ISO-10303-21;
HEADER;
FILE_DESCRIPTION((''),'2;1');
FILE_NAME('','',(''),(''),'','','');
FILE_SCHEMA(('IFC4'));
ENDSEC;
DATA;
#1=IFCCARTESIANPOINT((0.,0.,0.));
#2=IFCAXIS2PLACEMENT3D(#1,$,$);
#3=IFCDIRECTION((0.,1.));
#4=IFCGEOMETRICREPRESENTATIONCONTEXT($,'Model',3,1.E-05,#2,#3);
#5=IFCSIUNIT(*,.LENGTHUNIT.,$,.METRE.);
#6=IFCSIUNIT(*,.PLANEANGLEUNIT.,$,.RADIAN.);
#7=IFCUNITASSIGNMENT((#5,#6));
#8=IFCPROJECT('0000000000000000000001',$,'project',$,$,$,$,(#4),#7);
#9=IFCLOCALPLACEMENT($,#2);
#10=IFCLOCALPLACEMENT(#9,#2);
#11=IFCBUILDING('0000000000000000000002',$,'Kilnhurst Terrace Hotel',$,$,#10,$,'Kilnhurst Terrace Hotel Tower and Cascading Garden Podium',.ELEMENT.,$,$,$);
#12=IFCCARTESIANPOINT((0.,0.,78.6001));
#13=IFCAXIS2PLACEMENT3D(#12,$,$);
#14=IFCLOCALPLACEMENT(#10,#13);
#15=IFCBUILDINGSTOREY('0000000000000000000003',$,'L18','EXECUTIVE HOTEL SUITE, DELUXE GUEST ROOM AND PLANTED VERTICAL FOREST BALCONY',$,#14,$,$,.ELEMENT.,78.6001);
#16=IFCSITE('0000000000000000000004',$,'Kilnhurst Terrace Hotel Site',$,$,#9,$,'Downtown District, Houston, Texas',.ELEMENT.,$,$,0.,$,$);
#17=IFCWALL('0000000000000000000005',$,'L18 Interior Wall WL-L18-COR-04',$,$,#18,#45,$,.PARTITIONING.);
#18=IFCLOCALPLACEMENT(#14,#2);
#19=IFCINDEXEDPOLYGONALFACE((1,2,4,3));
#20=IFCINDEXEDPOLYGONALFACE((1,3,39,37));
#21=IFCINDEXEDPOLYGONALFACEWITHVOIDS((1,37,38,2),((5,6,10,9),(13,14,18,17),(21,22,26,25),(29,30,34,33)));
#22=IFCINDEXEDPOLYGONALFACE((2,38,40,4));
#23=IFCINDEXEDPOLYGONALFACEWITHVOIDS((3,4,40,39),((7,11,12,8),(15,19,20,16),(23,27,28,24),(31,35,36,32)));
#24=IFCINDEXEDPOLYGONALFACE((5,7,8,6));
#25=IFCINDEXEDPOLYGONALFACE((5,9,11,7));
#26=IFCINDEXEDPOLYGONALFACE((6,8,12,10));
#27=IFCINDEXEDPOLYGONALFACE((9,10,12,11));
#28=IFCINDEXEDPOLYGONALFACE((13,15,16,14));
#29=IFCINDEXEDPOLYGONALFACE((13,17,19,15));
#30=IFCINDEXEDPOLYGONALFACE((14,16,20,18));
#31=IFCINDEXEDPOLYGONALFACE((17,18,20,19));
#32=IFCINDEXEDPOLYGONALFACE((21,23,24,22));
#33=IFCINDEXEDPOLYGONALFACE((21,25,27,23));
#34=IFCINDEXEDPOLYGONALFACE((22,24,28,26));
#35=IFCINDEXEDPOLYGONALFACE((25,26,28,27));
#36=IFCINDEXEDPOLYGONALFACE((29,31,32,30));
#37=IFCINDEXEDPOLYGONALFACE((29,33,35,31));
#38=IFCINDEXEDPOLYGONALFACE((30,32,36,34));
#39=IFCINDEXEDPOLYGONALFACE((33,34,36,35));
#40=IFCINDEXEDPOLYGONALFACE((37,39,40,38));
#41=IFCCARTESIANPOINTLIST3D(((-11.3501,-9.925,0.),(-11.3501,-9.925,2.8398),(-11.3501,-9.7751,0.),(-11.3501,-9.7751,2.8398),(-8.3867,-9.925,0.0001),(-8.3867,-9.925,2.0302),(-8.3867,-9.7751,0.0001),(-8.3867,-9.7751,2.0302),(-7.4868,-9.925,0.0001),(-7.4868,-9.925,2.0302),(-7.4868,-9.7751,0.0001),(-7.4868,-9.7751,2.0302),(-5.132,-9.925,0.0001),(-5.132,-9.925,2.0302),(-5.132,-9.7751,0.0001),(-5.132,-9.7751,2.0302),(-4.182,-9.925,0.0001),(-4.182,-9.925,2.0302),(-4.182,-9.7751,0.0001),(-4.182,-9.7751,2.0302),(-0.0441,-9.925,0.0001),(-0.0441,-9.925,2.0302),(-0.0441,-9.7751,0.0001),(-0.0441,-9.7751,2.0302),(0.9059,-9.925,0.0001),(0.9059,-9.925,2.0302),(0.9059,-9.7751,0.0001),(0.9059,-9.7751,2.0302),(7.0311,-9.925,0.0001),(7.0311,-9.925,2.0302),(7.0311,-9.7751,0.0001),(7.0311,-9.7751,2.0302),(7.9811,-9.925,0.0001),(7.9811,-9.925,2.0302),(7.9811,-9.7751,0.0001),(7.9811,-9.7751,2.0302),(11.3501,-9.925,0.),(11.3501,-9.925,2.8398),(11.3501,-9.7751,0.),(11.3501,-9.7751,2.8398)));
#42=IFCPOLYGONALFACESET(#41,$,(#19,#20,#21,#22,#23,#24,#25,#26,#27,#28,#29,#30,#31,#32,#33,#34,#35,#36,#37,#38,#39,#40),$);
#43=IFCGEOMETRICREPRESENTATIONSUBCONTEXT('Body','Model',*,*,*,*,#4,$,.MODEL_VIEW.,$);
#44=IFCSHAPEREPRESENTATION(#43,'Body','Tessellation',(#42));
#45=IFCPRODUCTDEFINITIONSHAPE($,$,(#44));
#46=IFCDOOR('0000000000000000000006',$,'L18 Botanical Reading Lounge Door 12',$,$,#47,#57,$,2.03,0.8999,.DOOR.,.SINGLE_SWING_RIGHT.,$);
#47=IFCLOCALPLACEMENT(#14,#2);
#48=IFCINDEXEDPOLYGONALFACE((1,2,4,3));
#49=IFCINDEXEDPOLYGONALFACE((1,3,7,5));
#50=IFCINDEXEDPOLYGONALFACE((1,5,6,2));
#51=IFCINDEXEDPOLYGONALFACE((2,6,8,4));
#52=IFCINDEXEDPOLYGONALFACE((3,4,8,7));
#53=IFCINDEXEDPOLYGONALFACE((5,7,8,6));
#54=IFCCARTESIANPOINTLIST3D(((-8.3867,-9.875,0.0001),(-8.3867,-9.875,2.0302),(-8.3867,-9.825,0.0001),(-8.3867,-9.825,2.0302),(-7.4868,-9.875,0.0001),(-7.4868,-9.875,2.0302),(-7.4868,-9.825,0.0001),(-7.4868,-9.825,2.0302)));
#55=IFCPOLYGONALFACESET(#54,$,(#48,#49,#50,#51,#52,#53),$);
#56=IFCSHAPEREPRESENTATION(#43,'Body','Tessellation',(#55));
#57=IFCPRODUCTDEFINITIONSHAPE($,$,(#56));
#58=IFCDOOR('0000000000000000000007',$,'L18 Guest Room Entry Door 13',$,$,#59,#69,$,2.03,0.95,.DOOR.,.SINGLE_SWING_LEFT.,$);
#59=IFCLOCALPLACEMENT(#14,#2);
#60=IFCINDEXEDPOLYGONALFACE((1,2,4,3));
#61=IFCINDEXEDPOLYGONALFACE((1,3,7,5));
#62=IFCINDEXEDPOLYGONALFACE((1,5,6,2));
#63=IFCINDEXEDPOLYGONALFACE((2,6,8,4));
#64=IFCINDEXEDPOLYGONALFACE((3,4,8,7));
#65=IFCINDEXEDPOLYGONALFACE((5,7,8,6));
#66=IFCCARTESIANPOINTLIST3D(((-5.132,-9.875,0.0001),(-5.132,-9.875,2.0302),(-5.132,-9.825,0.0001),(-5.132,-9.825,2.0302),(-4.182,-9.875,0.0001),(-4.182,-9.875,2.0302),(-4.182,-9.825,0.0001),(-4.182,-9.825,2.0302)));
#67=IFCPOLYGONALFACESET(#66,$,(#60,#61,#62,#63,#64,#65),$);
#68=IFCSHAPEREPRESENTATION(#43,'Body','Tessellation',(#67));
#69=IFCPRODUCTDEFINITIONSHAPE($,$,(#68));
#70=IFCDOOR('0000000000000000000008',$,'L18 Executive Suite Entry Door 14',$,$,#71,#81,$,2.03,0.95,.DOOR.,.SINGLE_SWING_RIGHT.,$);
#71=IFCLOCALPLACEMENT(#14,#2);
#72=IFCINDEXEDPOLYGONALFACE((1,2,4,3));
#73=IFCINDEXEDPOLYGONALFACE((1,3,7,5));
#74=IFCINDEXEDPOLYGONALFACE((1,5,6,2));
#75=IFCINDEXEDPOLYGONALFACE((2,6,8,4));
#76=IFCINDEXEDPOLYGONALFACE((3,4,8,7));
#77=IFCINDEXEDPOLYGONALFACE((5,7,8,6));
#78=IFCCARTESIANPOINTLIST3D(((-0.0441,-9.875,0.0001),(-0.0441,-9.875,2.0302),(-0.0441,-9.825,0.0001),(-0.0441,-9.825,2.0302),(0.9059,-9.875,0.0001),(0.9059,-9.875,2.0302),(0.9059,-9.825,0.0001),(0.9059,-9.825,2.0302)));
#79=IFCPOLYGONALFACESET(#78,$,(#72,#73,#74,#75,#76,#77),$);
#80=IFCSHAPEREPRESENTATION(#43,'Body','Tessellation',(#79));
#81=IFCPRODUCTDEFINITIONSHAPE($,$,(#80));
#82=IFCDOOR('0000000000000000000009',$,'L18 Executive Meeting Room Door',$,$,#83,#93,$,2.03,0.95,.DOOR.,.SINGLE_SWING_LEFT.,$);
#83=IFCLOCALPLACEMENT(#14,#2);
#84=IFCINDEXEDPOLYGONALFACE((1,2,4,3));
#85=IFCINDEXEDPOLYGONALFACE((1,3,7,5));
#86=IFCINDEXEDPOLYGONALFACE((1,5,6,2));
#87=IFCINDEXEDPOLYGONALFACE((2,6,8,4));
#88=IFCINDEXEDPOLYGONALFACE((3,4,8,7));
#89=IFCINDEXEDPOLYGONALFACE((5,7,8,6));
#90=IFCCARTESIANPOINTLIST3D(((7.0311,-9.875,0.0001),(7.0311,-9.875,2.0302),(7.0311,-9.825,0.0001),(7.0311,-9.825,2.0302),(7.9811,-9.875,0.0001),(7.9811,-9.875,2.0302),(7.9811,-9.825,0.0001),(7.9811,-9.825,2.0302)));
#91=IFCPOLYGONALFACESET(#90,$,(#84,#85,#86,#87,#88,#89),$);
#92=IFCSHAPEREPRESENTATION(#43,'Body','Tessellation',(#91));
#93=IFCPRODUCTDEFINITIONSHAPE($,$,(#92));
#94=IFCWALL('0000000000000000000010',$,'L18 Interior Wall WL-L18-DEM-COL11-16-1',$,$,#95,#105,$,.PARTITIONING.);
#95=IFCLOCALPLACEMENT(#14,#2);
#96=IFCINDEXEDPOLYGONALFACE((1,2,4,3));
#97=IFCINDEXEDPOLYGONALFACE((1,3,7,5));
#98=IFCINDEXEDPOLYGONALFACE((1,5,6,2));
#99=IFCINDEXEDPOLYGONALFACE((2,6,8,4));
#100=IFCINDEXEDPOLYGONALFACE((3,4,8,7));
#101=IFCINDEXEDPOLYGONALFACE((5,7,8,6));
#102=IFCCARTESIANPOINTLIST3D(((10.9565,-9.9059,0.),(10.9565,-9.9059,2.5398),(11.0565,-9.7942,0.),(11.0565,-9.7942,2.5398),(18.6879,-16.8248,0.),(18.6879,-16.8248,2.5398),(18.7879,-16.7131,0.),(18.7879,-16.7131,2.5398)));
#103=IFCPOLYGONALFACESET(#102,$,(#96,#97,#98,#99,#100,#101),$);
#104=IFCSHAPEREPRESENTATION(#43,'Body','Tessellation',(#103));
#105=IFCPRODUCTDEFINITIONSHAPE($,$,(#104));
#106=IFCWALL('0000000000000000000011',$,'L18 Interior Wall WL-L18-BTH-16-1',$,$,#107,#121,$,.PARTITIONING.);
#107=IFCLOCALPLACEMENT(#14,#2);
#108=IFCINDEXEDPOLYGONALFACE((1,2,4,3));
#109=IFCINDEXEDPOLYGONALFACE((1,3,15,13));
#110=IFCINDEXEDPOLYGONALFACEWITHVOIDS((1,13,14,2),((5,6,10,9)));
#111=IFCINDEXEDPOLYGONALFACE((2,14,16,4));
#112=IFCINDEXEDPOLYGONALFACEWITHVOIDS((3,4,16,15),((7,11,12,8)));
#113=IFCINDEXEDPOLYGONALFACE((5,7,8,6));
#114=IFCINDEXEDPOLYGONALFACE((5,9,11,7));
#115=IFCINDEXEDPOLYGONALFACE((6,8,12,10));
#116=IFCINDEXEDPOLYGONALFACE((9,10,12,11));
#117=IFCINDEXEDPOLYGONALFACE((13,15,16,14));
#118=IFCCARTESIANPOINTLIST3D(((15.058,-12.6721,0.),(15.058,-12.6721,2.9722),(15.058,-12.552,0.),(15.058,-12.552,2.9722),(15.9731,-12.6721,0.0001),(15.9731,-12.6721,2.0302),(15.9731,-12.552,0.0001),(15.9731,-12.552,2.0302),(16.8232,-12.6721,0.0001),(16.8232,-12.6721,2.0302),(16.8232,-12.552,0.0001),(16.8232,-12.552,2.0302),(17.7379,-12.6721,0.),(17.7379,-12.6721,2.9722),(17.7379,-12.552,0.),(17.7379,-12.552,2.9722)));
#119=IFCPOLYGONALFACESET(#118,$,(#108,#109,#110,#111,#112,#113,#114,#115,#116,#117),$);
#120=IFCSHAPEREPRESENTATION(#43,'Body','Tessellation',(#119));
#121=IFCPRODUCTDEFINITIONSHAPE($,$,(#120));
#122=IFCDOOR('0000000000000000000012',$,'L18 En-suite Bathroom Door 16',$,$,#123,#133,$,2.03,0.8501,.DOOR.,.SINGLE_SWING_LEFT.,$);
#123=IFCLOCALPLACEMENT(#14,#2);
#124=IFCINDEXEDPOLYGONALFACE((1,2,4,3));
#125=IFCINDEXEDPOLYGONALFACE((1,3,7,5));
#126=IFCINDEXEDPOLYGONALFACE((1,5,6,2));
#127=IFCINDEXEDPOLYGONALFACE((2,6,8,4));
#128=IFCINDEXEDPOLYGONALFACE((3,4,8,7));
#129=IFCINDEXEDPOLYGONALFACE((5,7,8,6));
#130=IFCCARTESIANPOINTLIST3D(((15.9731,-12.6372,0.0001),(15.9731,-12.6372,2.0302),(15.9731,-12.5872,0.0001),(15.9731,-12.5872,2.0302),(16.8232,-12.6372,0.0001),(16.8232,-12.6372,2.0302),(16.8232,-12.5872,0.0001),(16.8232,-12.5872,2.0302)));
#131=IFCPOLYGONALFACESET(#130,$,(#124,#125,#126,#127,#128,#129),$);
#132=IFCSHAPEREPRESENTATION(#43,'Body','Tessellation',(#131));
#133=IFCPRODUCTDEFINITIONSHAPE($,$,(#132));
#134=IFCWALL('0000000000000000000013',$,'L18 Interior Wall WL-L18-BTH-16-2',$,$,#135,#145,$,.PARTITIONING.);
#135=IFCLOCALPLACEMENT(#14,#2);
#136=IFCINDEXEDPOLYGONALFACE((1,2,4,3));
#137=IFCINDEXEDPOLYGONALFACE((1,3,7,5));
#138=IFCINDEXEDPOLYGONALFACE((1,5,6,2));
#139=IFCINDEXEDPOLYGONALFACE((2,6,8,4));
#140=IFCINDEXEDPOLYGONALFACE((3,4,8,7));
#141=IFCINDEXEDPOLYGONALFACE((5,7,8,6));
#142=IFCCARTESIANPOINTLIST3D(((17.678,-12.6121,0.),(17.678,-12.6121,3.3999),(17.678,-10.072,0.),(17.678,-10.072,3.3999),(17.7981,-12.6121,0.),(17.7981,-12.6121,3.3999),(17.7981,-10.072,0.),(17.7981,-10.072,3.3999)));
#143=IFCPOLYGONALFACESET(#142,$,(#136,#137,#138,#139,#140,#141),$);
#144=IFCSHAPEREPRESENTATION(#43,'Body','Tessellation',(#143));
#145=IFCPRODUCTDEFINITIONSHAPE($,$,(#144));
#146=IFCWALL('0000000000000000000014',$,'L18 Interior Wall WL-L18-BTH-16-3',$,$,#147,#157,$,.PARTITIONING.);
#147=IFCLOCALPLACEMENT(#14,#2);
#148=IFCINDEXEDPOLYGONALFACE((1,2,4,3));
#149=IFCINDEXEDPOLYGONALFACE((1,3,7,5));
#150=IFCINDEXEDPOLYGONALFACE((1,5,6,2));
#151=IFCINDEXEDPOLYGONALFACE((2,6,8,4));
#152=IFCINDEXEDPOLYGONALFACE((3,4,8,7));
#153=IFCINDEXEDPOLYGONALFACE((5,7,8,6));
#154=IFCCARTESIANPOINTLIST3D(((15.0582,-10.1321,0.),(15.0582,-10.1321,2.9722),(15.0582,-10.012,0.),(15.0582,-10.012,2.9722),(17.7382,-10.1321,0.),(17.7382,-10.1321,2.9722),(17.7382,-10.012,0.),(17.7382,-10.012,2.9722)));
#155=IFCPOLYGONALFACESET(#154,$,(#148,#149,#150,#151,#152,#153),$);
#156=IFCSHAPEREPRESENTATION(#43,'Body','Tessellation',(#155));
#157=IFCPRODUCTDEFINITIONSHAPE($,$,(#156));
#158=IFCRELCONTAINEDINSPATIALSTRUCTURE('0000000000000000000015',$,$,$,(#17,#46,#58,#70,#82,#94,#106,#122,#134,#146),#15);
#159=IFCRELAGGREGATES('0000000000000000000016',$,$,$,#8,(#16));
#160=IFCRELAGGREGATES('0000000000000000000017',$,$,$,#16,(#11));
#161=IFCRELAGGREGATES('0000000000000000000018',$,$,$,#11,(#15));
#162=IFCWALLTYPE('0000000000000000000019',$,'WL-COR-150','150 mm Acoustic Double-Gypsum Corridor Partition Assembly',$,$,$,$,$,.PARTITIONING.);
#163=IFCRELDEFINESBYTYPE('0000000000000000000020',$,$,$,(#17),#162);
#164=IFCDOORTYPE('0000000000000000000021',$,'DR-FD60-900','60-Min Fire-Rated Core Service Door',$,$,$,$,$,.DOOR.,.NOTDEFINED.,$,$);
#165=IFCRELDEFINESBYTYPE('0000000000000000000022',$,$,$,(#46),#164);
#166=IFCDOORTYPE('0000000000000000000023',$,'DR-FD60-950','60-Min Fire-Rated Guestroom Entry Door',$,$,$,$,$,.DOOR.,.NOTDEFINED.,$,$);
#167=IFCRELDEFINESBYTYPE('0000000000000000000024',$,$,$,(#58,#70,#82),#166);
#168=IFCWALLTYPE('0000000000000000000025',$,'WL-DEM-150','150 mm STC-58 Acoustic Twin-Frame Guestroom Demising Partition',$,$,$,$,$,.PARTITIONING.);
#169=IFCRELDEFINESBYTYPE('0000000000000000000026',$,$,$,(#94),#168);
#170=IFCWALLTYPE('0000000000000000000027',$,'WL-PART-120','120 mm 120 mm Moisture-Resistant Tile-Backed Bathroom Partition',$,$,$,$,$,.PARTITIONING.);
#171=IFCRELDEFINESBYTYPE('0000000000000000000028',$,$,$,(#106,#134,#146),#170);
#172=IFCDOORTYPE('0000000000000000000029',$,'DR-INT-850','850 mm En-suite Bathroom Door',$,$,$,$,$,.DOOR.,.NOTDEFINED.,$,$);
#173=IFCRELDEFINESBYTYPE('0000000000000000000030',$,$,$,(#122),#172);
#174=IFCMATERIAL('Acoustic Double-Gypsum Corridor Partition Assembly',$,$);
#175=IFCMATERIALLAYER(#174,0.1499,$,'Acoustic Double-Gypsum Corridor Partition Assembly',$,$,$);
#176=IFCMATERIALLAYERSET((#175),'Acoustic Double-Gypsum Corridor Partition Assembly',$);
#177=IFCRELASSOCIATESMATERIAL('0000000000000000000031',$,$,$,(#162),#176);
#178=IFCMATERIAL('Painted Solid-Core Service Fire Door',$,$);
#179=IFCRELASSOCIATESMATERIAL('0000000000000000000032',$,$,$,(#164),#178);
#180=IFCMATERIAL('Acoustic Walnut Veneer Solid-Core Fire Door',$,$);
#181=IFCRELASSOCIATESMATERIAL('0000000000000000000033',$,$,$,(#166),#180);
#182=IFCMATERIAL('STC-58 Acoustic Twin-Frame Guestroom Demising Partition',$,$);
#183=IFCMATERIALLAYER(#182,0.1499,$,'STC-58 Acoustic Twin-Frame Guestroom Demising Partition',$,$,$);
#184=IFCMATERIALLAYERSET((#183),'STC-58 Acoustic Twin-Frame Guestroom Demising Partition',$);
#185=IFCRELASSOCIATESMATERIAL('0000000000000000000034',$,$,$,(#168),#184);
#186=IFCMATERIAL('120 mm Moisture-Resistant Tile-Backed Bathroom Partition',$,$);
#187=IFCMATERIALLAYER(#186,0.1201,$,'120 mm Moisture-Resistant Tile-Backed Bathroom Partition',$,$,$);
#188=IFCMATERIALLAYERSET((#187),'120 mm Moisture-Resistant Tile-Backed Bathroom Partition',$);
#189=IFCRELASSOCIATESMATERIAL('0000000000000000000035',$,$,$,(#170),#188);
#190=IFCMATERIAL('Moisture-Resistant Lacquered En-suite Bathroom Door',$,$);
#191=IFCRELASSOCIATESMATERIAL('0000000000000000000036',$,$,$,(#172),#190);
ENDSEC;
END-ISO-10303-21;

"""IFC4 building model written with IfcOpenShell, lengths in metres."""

from ifc_helpers import new_model, si_unit, direction, frame, frame_2d, origin, place, context, subcontext, project, spatial, rectangle, extrude, material, layer, layer_set, type_object, element, fill, save


model = new_model("IFC4")

# Units and contexts
model_context = context("Model", 3, precision=1e-05, world=origin(), true_north=direction((0.0, 1.0)))
body_context = subcontext(model_context, "Body", "Model", "MODEL_VIEW")
ifc_project = project(units=[si_unit("LENGTHUNIT", "METRE"), si_unit("PLANEANGLEUNIT", "RADIAN")], contexts=[model_context])

# Site, building, storey
site_placement = place(None, origin())
site = spatial("IfcSite", under=ifc_project, at=site_placement, Name="Kilnhurst Terrace Hotel Site", LongName="Downtown District, Houston, Texas", CompositionType="ELEMENT", RefElevation=0.0)
building_placement = place(site_placement, origin())
building = spatial("IfcBuilding", under=site, at=building_placement, Name="Kilnhurst Terrace Hotel", LongName="Kilnhurst Terrace Hotel Tower and Cascading Garden Podium", CompositionType="ELEMENT")
storey_placement = place(building_placement, frame((0.0, 0.0, 78.6001)))
storey = spatial("IfcBuildingStorey", under=building, at=storey_placement, Name="L18", Description="EXECUTIVE HOTEL SUITE, DELUXE GUEST ROOM AND PLANTED VERTICAL FOREST BALCONY", CompositionType="ELEMENT", Elevation=78.6001)

# Wall, openings, doors
ifc_material_1 = material(Name="Acoustic Double-Gypsum Corridor Partition Assembly")
ifc_layer_1 = layer(ifc_material_1, 0.1499, Name="Acoustic Double-Gypsum Corridor Partition Assembly")
ifc_layer_set_1 = layer_set([ifc_layer_1], Name="Acoustic Double-Gypsum Corridor Partition Assembly")
wall_type_1 = type_object("IfcWallType", Name="WL-COR-150", Description="150 mm Acoustic Double-Gypsum Corridor Partition Assembly", PredefinedType="PARTITIONING", material=ifc_layer_set_1)
wall_1_placement = place(storey_placement, frame((11.3501, -9.8501, 0.0), z_axis=(0.0, 0.0, 1.0), x_axis=(-1.0, 0.0, 0.0)))
wall_1 = element("IfcWall", 1, at=wall_1_placement, inside=storey, type_object=wall_type_1, Name="L18 Interior Wall WL-L18-COR-04", PredefinedType="PARTITIONING", context=body_context, shape_type="SweptSolid", body=[
    extrude(rectangle(XDim=22.7002, YDim=0.1499, at=frame_2d((11.3501, 0.0))), origin(), (0.0, 0.0, 1.0), 2.8398),
])
opening_1_placement = place(wall_1_placement, frame((18.8369, 0.0, 0.0)))
opening_1 = element("IfcOpeningElement", 2, at=opening_1_placement, cuts=wall_1, PredefinedType="OPENING", context=body_context, shape_type="SweptSolid", body=[
    extrude(rectangle(XDim=0.8999, YDim=2.03, at=frame_2d((0.45, 1.0151))), frame((0.0, 0.085, 0.0), z_axis=(0.0, -1.0, 0.0), x_axis=(1.0, 0.0, 0.0)), (0.0, 0.0, 1.0), 0.1699),
])
opening_2_placement = place(wall_1_placement, frame((15.532, 0.0, 0.0)))
opening_2 = element("IfcOpeningElement", 3, at=opening_2_placement, cuts=wall_1, PredefinedType="OPENING", context=body_context, shape_type="SweptSolid", body=[
    extrude(rectangle(XDim=0.95, YDim=2.03, at=frame_2d((0.4751, 1.0151))), frame((0.0, 0.085, 0.0), z_axis=(0.0, -1.0, 0.0), x_axis=(1.0, 0.0, 0.0)), (0.0, 0.0, 1.0), 0.1699),
])
opening_3_placement = place(wall_1_placement, frame((10.4441, 0.0, 0.0)))
opening_3 = element("IfcOpeningElement", 4, at=opening_3_placement, cuts=wall_1, PredefinedType="OPENING", context=body_context, shape_type="SweptSolid", body=[
    extrude(rectangle(XDim=0.95, YDim=2.03, at=frame_2d((0.4751, 1.0151))), frame((0.0, 0.085, 0.0), z_axis=(0.0, -1.0, 0.0), x_axis=(1.0, 0.0, 0.0)), (0.0, 0.0, 1.0), 0.1699),
])
opening_4_placement = place(wall_1_placement, frame((3.3689, 0.0, 0.0)))
opening_4 = element("IfcOpeningElement", 5, at=opening_4_placement, cuts=wall_1, PredefinedType="OPENING", context=body_context, shape_type="SweptSolid", body=[
    extrude(rectangle(XDim=0.95, YDim=2.03, at=frame_2d((0.4751, 1.0151))), frame((0.0, 0.085, 0.0), z_axis=(0.0, -1.0, 0.0), x_axis=(1.0, 0.0, 0.0)), (0.0, 0.0, 1.0), 0.1699),
])
ifc_material_2 = material(Name="Painted Solid-Core Service Fire Door")
door_type_1 = type_object("IfcDoorType", Name="DR-FD60-900", Description="60-Min Fire-Rated Core Service Door", OperationType="NOTDEFINED", PredefinedType="DOOR", material=ifc_material_2)
door_1_placement = place(opening_1_placement, origin())
door_1 = element("IfcDoor", 6, at=door_1_placement, inside=storey, type_object=door_type_1, Name="L18 Botanical Reading Lounge Door 12", OperationType="SINGLE_SWING_RIGHT", OverallHeight=2.03, OverallWidth=0.8999, PredefinedType="DOOR", context=body_context, shape_type="SweptSolid", body=[
    extrude(rectangle(XDim=0.8999, YDim=2.03, at=frame_2d((0.45, 1.0151))), frame((0.0, 0.0249, 0.0), z_axis=(0.0, -1.0, 0.0), x_axis=(1.0, 0.0, 0.0)), (0.0, 0.0, 1.0), 0.05),
])
fill(opening_1, door_1)
ifc_material_3 = material(Name="Acoustic Walnut Veneer Solid-Core Fire Door")
door_type_2 = type_object("IfcDoorType", Name="DR-FD60-950", Description="60-Min Fire-Rated Guestroom Entry Door", OperationType="NOTDEFINED", PredefinedType="DOOR", material=ifc_material_3)
door_2_placement = place(opening_2_placement, origin())
door_2 = element("IfcDoor", 7, at=door_2_placement, inside=storey, type_object=door_type_2, Name="L18 Guest Room Entry Door 13", OperationType="SINGLE_SWING_LEFT", OverallHeight=2.03, OverallWidth=0.95, PredefinedType="DOOR", context=body_context, shape_type="SweptSolid", body=[
    extrude(rectangle(XDim=0.95, YDim=2.03, at=frame_2d((0.4751, 1.0151))), frame((0.0, 0.0249, 0.0), z_axis=(0.0, -1.0, 0.0), x_axis=(1.0, 0.0, 0.0)), (0.0, 0.0, 1.0), 0.05),
])
fill(opening_2, door_2)
door_3_placement = place(opening_3_placement, origin())
door_3 = element("IfcDoor", 8, at=door_3_placement, inside=storey, type_object=door_type_2, Name="L18 Executive Suite Entry Door 14", OperationType="SINGLE_SWING_RIGHT", OverallHeight=2.03, OverallWidth=0.95, PredefinedType="DOOR", context=body_context, shape_type="SweptSolid", body=[
    extrude(rectangle(XDim=0.95, YDim=2.03, at=frame_2d((0.4751, 1.0151))), frame((0.0, 0.0249, 0.0), z_axis=(0.0, -1.0, 0.0), x_axis=(1.0, 0.0, 0.0)), (0.0, 0.0, 1.0), 0.05),
])
fill(opening_3, door_3)
door_4_placement = place(opening_4_placement, origin())
door_4 = element("IfcDoor", 9, at=door_4_placement, inside=storey, type_object=door_type_2, Name="L18 Executive Meeting Room Door", OperationType="SINGLE_SWING_LEFT", OverallHeight=2.03, OverallWidth=0.95, PredefinedType="DOOR", context=body_context, shape_type="SweptSolid", body=[
    extrude(rectangle(XDim=0.95, YDim=2.03, at=frame_2d((0.4751, 1.0151))), frame((0.0, 0.0249, 0.0), z_axis=(0.0, -1.0, 0.0), x_axis=(1.0, 0.0, 0.0)), (0.0, 0.0, 1.0), 0.05),
])
fill(opening_4, door_4)

# Wall
ifc_material_4 = material(Name="STC-58 Acoustic Twin-Frame Guestroom Demising Partition")
ifc_layer_2 = layer(ifc_material_4, 0.1499, Name="STC-58 Acoustic Twin-Frame Guestroom Demising Partition")
ifc_layer_set_2 = layer_set([ifc_layer_2], Name="STC-58 Acoustic Twin-Frame Guestroom Demising Partition")
wall_type_2 = type_object("IfcWallType", Name="WL-DEM-150", Description="150 mm STC-58 Acoustic Twin-Frame Guestroom Demising Partition", PredefinedType="PARTITIONING", material=ifc_layer_set_2)
wall_2_placement = place(storey_placement, frame((11.0066, -9.8501, 0.0), z_axis=(0.0, 0.0, 1.0), x_axis=(0.745177, -0.666866, 0.0)))
element("IfcWall", 10, at=wall_2_placement, inside=storey, type_object=wall_type_2, Name="L18 Interior Wall WL-L18-DEM-COL11-16-1", PredefinedType="PARTITIONING", context=body_context, shape_type="SweptSolid", body=[
    extrude(rectangle(XDim=10.3752, YDim=0.1499, at=frame_2d((5.1875, 0.0))), origin(), (0.0, 0.0, 1.0), 2.5398),
])

# Wall, opening, door
ifc_material_5 = material(Name="120 mm Moisture-Resistant Tile-Backed Bathroom Partition")
ifc_layer_3 = layer(ifc_material_5, 0.1201, Name="120 mm Moisture-Resistant Tile-Backed Bathroom Partition")
ifc_layer_set_3 = layer_set([ifc_layer_3], Name="120 mm Moisture-Resistant Tile-Backed Bathroom Partition")
wall_type_3 = type_object("IfcWallType", Name="WL-PART-120", Description="120 mm 120 mm Moisture-Resistant Tile-Backed Bathroom Partition", PredefinedType="PARTITIONING", material=ifc_layer_set_3)
wall_3_placement = place(storey_placement, frame((15.0581, -12.6121, 0.0), z_axis=(0.0, 0.0, 1.0), x_axis=(1.0, 0.0, 0.0)))
wall_3 = element("IfcWall", 11, at=wall_3_placement, inside=storey, type_object=wall_type_3, Name="L18 Interior Wall WL-L18-BTH-16-1", PredefinedType="PARTITIONING", context=body_context, shape_type="SweptSolid", body=[
    extrude(rectangle(XDim=2.6799, YDim=0.1201, at=frame_2d((1.3398, 0.0))), origin(), (0.0, 0.0, 1.0), 2.9722),
])
opening_5_placement = place(wall_3_placement, frame((0.915, 0.0, 0.0)))
opening_5 = element("IfcOpeningElement", 12, at=opening_5_placement, cuts=wall_3, PredefinedType="OPENING", context=body_context, shape_type="SweptSolid", body=[
    extrude(rectangle(XDim=0.8501, YDim=2.03, at=frame_2d((0.425, 1.0151))), frame((0.0, 0.0701, 0.0), z_axis=(0.0, -1.0, 0.0), x_axis=(1.0, 0.0, 0.0)), (0.0, 0.0, 1.0), 0.1401),
])
ifc_material_6 = material(Name="Moisture-Resistant Lacquered En-suite Bathroom Door")
door_type_3 = type_object("IfcDoorType", Name="DR-INT-850", Description="850 mm En-suite Bathroom Door", OperationType="NOTDEFINED", PredefinedType="DOOR", material=ifc_material_6)
door_5_placement = place(opening_5_placement, origin())
door_5 = element("IfcDoor", 13, at=door_5_placement, inside=storey, type_object=door_type_3, Name="L18 En-suite Bathroom Door 16", OperationType="SINGLE_SWING_LEFT", OverallHeight=2.03, OverallWidth=0.8501, PredefinedType="DOOR", context=body_context, shape_type="SweptSolid", body=[
    extrude(rectangle(XDim=0.8501, YDim=2.03, at=frame_2d((0.425, 1.0151))), frame((0.0, 0.0249, 0.0), z_axis=(0.0, -1.0, 0.0), x_axis=(1.0, 0.0, 0.0)), (0.0, 0.0, 1.0), 0.05),
])
fill(opening_5, door_5)

# Walls
wall_4_placement = place(storey_placement, frame((17.738, -12.6121, 0.0), z_axis=(0.0, 0.0, 1.0), x_axis=(0.0, 1.0, 0.0)))
element("IfcWall", 14, at=wall_4_placement, inside=storey, type_object=wall_type_3, Name="L18 Interior Wall WL-L18-BTH-16-2", PredefinedType="PARTITIONING", context=body_context, shape_type="SweptSolid", body=[
    extrude(rectangle(XDim=2.54, YDim=0.1201, at=frame_2d((1.27, 0.0))), origin(), (0.0, 0.0, 1.0), 3.3999),
])
wall_5_placement = place(storey_placement, frame((17.738, -10.072, 0.0), z_axis=(0.0, 0.0, 1.0), x_axis=(-1.0, 0.0, 0.0)))
element("IfcWall", 15, at=wall_5_placement, inside=storey, type_object=wall_type_3, Name="L18 Interior Wall WL-L18-BTH-16-3", PredefinedType="PARTITIONING", context=body_context, shape_type="SweptSolid", body=[
    extrude(rectangle(XDim=2.6799, YDim=0.1201, at=frame_2d((1.3398, 0.0))), origin(), (0.0, 0.0, 1.0), 2.9722),
])

save(model, "model.ifc")
